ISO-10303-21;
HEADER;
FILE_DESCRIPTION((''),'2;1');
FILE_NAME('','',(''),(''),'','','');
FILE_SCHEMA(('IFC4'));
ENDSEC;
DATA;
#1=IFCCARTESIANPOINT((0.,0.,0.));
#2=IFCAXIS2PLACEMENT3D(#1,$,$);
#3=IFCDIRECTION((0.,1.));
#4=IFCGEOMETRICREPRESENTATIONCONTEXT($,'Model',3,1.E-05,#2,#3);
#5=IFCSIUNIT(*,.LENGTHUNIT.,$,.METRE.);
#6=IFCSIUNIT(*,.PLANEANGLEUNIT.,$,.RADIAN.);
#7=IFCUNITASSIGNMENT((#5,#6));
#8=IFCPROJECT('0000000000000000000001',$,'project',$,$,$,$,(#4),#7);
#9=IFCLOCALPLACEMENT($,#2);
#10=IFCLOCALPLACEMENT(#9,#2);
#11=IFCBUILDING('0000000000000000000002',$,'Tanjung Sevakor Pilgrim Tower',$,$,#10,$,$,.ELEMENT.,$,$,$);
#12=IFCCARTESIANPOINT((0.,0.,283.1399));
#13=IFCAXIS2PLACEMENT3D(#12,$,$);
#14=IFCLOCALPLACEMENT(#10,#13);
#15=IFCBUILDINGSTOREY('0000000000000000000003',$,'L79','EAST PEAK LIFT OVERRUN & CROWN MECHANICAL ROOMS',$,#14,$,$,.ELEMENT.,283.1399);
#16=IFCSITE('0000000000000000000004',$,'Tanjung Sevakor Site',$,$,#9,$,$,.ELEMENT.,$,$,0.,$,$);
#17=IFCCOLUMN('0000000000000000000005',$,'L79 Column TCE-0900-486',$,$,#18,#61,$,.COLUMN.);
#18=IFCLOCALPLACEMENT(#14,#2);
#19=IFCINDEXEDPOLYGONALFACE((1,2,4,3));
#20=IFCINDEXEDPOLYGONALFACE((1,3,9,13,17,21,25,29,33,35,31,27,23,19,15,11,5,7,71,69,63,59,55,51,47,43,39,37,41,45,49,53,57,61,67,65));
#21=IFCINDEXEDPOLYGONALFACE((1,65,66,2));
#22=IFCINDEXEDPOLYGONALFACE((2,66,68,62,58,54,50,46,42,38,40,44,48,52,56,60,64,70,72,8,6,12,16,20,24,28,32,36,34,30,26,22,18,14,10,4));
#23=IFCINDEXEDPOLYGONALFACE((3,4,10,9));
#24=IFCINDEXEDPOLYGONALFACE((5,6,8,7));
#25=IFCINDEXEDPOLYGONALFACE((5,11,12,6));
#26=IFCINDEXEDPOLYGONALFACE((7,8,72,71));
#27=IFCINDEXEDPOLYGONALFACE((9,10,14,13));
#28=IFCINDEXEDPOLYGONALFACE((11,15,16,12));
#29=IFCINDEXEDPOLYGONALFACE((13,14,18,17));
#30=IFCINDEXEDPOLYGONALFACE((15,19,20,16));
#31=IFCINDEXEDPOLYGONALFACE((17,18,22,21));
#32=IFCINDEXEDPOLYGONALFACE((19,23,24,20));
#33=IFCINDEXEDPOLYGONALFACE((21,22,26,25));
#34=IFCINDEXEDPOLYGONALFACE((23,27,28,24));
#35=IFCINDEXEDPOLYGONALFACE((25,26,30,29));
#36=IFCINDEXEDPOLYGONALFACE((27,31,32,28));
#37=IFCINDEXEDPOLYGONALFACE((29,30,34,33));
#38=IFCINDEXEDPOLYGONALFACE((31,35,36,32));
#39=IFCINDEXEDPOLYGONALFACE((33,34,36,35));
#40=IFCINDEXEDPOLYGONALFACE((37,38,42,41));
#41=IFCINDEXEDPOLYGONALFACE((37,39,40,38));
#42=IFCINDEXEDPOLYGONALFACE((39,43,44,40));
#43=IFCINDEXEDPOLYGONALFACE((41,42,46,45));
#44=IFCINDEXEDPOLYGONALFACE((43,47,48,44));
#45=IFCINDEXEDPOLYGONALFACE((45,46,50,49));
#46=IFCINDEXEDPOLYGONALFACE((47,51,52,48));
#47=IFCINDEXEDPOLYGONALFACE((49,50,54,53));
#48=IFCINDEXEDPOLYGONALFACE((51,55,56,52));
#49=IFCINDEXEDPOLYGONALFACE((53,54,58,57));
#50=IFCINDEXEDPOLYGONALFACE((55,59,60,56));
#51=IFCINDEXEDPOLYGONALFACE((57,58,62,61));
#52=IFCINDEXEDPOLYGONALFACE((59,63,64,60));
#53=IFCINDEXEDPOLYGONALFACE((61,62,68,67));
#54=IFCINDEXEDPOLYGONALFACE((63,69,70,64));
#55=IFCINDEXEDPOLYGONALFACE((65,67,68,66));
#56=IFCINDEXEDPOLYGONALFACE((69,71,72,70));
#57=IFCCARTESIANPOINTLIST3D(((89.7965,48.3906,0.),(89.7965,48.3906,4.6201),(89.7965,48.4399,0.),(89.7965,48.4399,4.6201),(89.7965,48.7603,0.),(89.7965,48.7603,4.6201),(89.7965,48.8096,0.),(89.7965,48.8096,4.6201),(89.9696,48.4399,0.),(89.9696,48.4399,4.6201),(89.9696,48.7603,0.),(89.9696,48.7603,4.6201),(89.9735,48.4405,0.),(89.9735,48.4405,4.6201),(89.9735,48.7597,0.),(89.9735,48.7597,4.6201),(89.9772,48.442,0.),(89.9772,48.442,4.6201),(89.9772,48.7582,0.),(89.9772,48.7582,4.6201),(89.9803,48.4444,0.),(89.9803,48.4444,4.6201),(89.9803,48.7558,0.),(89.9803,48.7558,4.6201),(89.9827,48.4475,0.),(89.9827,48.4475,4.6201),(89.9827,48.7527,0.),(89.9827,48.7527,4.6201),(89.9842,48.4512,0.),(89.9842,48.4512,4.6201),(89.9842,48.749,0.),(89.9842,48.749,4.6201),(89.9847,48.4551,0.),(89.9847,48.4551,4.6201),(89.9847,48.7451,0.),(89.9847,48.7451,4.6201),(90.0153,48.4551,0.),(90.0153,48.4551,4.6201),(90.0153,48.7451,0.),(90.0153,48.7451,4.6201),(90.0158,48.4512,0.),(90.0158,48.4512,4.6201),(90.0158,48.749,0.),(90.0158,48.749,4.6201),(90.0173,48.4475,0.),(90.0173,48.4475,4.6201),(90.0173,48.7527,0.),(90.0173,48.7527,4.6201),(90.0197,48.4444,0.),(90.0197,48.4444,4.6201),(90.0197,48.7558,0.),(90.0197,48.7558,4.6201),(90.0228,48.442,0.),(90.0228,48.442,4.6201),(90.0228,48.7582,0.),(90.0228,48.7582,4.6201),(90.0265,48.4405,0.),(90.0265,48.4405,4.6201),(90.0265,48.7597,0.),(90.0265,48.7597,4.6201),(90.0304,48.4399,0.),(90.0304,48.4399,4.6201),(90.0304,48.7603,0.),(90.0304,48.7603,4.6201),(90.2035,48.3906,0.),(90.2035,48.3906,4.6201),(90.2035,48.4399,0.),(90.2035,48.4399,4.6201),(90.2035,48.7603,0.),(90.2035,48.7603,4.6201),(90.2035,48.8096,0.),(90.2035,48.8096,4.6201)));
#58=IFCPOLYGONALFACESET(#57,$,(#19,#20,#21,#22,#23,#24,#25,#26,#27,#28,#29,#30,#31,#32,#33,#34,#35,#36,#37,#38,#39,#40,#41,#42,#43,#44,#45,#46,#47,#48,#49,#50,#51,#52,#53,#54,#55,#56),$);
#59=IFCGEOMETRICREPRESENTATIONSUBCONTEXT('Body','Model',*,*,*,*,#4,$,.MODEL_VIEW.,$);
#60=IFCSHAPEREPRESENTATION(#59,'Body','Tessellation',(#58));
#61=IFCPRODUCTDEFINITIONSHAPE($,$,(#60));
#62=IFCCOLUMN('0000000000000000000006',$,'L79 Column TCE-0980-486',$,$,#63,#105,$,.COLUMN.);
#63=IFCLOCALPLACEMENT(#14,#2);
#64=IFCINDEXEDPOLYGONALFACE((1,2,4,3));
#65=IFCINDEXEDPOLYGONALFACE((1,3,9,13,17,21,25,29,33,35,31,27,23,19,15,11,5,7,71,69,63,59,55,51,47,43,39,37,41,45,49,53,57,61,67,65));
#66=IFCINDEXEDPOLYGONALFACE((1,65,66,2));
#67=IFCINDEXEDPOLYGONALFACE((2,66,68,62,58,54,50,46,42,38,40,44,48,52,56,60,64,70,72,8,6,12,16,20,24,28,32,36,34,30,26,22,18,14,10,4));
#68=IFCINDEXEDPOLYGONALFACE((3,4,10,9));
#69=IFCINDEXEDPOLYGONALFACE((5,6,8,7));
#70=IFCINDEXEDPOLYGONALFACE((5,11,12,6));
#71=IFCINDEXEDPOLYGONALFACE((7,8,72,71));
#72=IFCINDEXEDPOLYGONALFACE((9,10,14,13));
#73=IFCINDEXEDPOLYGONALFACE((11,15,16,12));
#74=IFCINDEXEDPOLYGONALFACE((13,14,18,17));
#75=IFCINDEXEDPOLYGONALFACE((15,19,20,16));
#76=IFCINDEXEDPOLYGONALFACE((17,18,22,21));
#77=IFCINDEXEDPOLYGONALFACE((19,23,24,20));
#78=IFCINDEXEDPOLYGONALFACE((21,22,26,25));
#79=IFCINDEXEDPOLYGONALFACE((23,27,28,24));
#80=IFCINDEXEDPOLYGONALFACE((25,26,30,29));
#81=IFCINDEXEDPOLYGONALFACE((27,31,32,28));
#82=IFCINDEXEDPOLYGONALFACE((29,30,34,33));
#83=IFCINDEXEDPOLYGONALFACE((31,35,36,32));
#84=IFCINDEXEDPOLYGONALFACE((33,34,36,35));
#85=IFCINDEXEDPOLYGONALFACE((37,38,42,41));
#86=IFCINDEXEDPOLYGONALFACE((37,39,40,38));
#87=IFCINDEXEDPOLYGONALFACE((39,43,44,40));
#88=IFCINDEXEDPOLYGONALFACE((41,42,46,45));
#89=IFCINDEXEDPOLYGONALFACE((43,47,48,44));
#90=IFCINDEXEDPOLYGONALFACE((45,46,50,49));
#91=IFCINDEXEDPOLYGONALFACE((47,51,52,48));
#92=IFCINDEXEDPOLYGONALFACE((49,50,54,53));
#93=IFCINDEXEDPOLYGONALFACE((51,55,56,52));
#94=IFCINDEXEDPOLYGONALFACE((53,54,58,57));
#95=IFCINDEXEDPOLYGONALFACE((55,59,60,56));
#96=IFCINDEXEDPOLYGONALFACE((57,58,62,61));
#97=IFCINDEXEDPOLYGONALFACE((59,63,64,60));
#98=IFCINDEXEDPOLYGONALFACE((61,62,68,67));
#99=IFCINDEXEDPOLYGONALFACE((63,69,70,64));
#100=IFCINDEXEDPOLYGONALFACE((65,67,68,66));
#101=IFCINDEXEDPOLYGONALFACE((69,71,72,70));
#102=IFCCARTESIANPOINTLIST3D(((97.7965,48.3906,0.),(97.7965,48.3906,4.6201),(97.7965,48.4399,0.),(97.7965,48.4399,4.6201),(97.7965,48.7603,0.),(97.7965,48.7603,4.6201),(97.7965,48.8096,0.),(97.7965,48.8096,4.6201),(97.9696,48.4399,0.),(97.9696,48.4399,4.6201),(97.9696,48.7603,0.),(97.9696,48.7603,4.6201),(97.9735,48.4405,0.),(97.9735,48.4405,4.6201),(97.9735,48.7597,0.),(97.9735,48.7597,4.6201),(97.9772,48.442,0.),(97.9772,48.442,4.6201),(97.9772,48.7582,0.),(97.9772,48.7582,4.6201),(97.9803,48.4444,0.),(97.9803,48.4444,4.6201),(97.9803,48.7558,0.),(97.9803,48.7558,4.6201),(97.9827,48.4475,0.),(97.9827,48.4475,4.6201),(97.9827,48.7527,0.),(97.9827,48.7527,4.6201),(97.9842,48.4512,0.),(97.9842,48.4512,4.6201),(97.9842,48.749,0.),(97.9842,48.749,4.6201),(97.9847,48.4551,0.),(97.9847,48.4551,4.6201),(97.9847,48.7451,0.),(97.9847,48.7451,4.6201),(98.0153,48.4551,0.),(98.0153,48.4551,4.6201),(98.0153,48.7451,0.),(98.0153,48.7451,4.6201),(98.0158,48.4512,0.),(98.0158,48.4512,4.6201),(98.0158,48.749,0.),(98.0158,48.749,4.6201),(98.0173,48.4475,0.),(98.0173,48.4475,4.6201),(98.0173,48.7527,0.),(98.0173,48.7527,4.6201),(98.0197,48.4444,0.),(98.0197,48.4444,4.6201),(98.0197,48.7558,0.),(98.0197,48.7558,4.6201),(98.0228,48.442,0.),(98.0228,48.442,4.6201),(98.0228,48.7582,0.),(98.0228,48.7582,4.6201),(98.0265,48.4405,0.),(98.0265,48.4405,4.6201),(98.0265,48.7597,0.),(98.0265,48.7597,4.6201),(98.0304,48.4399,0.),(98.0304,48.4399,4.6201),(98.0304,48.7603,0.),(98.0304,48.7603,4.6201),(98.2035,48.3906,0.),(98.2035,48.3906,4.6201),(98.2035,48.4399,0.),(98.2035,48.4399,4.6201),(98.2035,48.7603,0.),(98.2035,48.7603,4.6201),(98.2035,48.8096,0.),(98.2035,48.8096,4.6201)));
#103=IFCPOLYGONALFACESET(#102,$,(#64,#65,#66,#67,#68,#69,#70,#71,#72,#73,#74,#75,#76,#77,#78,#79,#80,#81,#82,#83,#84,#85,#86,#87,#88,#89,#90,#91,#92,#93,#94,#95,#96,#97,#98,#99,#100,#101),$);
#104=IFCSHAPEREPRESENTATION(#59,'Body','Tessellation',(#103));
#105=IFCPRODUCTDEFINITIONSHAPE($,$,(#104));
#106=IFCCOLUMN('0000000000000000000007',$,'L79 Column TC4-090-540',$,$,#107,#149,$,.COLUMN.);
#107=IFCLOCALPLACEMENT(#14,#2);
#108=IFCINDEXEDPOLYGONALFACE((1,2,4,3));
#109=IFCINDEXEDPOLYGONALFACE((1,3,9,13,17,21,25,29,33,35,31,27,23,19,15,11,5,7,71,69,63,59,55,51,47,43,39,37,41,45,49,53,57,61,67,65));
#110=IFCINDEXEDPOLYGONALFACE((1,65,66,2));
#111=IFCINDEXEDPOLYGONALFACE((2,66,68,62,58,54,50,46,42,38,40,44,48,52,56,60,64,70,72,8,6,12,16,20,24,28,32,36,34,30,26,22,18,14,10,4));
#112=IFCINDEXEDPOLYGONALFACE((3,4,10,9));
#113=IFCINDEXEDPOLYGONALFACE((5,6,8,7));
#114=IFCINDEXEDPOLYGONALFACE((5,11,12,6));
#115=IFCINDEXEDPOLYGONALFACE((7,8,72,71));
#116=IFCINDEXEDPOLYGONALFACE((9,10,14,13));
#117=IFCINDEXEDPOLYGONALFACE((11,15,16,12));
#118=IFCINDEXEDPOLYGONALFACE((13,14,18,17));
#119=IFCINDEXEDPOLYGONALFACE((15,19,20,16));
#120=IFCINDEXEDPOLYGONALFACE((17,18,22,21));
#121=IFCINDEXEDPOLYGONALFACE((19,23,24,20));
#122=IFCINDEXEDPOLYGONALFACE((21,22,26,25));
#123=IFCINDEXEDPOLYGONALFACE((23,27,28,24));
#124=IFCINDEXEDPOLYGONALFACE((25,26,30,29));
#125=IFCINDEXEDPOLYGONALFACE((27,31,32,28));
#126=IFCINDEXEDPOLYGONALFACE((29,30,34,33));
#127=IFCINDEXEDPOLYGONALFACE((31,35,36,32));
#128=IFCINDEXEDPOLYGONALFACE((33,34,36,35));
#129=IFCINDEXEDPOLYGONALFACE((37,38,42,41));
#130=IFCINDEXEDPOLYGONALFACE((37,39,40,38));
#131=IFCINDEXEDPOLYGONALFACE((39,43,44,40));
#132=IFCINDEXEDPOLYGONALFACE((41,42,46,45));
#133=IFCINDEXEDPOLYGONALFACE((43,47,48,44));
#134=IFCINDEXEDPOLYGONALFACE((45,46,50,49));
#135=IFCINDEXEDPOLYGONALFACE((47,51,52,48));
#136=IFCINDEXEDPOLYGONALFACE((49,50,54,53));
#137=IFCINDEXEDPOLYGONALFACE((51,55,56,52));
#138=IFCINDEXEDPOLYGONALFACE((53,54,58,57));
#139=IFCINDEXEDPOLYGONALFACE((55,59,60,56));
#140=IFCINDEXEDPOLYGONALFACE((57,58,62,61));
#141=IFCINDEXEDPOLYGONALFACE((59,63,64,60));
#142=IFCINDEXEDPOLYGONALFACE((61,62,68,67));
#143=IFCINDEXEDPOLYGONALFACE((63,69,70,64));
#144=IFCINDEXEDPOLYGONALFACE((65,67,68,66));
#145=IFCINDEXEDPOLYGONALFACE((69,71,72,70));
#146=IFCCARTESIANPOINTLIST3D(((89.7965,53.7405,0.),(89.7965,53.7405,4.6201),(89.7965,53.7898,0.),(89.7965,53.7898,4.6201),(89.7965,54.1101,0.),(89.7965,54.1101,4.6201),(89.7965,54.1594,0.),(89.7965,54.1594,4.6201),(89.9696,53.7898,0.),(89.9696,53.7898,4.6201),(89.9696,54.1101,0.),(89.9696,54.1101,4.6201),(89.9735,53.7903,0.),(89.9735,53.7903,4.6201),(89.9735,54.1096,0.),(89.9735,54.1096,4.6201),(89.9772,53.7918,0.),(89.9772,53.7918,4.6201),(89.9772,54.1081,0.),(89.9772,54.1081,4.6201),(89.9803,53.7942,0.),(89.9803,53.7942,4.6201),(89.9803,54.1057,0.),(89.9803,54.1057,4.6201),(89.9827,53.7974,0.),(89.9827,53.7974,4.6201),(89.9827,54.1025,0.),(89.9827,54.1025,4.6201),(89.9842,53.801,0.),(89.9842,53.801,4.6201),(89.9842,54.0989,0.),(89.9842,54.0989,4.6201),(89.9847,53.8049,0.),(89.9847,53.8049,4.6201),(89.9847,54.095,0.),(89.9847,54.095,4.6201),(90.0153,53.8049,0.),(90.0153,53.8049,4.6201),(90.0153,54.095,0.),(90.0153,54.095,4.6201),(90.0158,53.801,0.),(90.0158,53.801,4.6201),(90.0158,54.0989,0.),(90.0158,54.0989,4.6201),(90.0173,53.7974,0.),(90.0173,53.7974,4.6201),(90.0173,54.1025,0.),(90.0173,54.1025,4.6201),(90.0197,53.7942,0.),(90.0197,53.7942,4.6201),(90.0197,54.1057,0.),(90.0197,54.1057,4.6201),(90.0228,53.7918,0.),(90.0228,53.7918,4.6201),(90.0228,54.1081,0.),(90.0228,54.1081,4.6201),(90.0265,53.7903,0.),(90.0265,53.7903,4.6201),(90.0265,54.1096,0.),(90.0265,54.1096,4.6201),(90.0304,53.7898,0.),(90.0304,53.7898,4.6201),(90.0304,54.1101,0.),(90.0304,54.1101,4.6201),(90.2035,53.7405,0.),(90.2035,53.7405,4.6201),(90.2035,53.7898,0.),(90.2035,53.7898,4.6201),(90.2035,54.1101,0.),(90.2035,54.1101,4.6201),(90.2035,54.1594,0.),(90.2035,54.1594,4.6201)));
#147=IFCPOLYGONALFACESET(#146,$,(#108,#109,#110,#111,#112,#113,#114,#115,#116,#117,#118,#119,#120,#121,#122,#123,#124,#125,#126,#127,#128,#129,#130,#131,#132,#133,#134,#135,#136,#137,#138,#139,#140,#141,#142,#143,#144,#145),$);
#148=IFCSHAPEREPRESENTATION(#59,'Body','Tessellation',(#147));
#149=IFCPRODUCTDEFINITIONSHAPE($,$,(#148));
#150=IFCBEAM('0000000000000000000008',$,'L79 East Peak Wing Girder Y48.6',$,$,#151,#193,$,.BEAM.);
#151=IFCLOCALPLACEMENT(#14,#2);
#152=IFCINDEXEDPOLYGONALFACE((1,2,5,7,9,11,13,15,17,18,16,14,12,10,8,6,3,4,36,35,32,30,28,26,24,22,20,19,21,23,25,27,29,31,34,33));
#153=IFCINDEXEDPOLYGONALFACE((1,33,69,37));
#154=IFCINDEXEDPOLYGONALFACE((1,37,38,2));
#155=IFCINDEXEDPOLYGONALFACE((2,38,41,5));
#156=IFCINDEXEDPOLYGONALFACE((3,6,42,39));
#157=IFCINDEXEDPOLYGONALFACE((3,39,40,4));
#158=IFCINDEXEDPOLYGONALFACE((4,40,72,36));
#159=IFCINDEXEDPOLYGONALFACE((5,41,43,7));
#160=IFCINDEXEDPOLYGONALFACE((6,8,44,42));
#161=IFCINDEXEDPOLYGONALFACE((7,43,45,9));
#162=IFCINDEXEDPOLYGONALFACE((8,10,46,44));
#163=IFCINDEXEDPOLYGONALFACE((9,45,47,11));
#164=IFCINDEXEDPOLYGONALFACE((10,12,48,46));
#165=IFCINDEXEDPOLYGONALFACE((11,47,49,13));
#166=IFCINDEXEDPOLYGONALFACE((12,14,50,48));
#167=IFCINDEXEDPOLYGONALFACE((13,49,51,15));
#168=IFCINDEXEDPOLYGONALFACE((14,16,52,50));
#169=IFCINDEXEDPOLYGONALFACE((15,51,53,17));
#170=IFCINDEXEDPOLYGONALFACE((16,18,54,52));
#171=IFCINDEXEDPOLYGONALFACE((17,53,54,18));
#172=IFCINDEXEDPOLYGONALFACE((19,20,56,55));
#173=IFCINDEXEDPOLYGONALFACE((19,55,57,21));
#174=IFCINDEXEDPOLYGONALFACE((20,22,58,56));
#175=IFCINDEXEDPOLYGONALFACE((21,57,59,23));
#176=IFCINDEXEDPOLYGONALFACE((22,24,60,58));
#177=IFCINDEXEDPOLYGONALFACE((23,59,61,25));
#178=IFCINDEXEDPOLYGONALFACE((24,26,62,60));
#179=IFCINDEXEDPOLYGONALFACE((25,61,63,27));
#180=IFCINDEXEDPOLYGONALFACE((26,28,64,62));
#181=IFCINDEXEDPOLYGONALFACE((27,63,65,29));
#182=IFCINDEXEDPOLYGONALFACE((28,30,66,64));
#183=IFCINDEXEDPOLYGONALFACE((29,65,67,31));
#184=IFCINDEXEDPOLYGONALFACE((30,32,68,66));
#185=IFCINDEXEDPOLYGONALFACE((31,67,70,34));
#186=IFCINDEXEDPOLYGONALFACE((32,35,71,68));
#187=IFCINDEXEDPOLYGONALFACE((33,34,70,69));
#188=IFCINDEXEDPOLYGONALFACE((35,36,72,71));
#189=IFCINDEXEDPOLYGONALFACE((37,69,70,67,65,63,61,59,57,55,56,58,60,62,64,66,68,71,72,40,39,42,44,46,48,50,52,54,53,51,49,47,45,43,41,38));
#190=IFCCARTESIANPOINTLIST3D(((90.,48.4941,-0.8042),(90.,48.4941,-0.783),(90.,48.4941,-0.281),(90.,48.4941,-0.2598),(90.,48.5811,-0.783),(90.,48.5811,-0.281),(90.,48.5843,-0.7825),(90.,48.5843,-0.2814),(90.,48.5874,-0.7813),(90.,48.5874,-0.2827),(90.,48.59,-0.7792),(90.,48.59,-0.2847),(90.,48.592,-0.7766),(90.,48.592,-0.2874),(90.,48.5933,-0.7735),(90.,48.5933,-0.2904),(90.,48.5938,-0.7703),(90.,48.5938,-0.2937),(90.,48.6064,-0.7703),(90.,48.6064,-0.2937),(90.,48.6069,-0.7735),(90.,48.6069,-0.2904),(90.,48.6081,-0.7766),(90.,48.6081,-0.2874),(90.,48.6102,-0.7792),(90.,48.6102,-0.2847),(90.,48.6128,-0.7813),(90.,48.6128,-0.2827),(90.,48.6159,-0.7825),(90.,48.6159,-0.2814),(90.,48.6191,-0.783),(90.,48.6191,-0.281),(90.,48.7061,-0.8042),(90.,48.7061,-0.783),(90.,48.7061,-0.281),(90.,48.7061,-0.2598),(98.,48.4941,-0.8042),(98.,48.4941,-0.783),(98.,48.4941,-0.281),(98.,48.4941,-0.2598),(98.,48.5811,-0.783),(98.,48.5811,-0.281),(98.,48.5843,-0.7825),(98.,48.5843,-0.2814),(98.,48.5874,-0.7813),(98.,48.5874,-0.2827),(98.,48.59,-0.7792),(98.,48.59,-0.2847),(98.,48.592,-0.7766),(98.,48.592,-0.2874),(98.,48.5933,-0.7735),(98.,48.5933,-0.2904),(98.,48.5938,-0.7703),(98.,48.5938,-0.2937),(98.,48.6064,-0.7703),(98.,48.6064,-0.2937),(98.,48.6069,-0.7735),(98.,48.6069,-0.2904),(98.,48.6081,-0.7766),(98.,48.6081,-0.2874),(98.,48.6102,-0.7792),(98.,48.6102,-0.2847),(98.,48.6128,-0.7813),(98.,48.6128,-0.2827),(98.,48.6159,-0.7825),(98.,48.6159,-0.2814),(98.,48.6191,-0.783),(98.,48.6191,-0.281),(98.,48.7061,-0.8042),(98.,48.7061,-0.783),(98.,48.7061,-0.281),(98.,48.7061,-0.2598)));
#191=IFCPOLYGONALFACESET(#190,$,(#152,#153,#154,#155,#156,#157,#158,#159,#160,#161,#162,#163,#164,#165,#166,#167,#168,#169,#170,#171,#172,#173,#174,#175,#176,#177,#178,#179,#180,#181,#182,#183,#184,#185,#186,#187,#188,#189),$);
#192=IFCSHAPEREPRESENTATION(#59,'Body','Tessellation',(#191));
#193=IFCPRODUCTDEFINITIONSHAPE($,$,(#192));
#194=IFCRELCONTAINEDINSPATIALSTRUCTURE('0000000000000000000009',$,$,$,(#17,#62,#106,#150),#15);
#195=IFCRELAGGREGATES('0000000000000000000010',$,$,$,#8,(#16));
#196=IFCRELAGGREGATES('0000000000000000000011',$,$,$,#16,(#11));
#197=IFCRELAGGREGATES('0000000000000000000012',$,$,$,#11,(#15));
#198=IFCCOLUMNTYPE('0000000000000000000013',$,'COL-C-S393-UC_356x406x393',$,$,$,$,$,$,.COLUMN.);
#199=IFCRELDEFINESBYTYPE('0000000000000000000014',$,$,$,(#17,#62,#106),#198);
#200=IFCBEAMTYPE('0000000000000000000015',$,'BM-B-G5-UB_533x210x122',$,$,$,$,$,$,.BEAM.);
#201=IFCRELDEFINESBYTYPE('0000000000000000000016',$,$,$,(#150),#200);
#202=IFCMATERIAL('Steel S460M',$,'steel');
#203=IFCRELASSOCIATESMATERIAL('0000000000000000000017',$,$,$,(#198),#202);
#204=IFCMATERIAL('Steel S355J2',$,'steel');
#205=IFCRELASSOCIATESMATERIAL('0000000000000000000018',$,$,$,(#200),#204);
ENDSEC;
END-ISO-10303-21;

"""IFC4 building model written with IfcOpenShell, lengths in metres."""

from ifc_helpers import new_model, si_unit, direction, frame, origin, origin_2d, place, context, subcontext, project, spatial, i_section, extrude, material, material_profile, profile_set, type_object, element, save


model = new_model("IFC4")

# Units and contexts
model_context = context("Model", 3, precision=1e-05, world=origin(), true_north=direction((0.0, 1.0)))
body_context = subcontext(model_context, "Body", "Model", "MODEL_VIEW")
ifc_project = project(units=[si_unit("LENGTHUNIT", "METRE"), si_unit("PLANEANGLEUNIT", "RADIAN")], contexts=[model_context])

# Site, building, storey
site_placement = place(None, origin())
site = spatial("IfcSite", under=ifc_project, at=site_placement, Name="Tanjung Sevakor Site", CompositionType="ELEMENT", RefElevation=0.0)
building_placement = place(site_placement, origin())
building = spatial("IfcBuilding", under=site, at=building_placement, Name="Tanjung Sevakor Pilgrim Tower", CompositionType="ELEMENT")
storey_placement = place(building_placement, frame((0.0, 0.0, 283.1399)))
storey = spatial("IfcBuildingStorey", under=building, at=storey_placement, Name="L79", Description="EAST PEAK LIFT OVERRUN & CROWN MECHANICAL ROOMS", CompositionType="ELEMENT", Elevation=283.1399)

# Columns
ifc_material_1 = material(Name="Steel S460M", Category="steel")
ifc_material_profile_1 = material_profile(ifc_material_1, i_section(OverallWidth=0.407, OverallDepth=0.4189, WebThickness=0.0305, FlangeThickness=0.0493, FilletRadius=0.0151, at=origin_2d()))
ifc_profile_set_1 = profile_set([ifc_material_profile_1], Name="Steel S460M")
column_type = type_object("IfcColumnType", Name="COL-C-S393-UC_356x406x393", PredefinedType="COLUMN", material=ifc_profile_set_1)
for number, where, z_axis, x_axis, name in (
    (1, (90.0, 48.6001, 0.0), (0.0, 0.0, 1.0), (1.0, 0.0, 0.0), "L79 Column TCE-0900-486"),
    (2, (98.0, 48.6001, 0.0), (0.0, 0.0, 1.0), (1.0, 0.0, 0.0), "L79 Column TCE-0980-486"),
    (3, (90.0, 53.95, 0.0), (0.0, 0.0, 1.0), (1.0, 0.0, 0.0), "L79 Column TC4-090-540"),
):
    element("IfcColumn", number, at=place(storey_placement, frame(where, z_axis=z_axis, x_axis=x_axis)), inside=storey, type_object=column_type, Name=name, PredefinedType="COLUMN", context=body_context, shape_type="SweptSolid", body=[
        extrude(i_section(OverallWidth=0.407, OverallDepth=0.4189, WebThickness=0.0305, FlangeThickness=0.0493, FilletRadius=0.0151, at=origin_2d()), origin(), (0.0, 0.0, 1.0), 4.6201),
    ])

# Beam
ifc_material_2 = material(Name="Steel S355J2", Category="steel")
ifc_material_profile_2 = material_profile(ifc_material_2, i_section(OverallWidth=0.2119, OverallDepth=0.5444, WebThickness=0.0127, FlangeThickness=0.0212, FilletRadius=0.0127, at=origin_2d()))
ifc_profile_set_2 = profile_set([ifc_material_profile_2], Name="Steel S355J2")
beam_type = type_object("IfcBeamType", Name="BM-B-G5-UB_533x210x122", PredefinedType="BEAM", material=ifc_profile_set_2)
beam_placement = place(storey_placement, frame((90.0, 48.6001, -0.532), z_axis=(1.0, 0.0, 0.0), x_axis=(0.0, 1.0, 0.0)))
element("IfcBeam", 4, at=beam_placement, inside=storey, type_object=beam_type, Name="L79 East Peak Wing Girder Y48.6", PredefinedType="BEAM", context=body_context, shape_type="SweptSolid", body=[
    extrude(i_section(OverallWidth=0.2119, OverallDepth=0.5444, WebThickness=0.0127, FlangeThickness=0.0212, FilletRadius=0.0127, at=origin_2d()), origin(), (0.0, 0.0, 1.0), 8.0),
])

save(model, "model.ifc")
